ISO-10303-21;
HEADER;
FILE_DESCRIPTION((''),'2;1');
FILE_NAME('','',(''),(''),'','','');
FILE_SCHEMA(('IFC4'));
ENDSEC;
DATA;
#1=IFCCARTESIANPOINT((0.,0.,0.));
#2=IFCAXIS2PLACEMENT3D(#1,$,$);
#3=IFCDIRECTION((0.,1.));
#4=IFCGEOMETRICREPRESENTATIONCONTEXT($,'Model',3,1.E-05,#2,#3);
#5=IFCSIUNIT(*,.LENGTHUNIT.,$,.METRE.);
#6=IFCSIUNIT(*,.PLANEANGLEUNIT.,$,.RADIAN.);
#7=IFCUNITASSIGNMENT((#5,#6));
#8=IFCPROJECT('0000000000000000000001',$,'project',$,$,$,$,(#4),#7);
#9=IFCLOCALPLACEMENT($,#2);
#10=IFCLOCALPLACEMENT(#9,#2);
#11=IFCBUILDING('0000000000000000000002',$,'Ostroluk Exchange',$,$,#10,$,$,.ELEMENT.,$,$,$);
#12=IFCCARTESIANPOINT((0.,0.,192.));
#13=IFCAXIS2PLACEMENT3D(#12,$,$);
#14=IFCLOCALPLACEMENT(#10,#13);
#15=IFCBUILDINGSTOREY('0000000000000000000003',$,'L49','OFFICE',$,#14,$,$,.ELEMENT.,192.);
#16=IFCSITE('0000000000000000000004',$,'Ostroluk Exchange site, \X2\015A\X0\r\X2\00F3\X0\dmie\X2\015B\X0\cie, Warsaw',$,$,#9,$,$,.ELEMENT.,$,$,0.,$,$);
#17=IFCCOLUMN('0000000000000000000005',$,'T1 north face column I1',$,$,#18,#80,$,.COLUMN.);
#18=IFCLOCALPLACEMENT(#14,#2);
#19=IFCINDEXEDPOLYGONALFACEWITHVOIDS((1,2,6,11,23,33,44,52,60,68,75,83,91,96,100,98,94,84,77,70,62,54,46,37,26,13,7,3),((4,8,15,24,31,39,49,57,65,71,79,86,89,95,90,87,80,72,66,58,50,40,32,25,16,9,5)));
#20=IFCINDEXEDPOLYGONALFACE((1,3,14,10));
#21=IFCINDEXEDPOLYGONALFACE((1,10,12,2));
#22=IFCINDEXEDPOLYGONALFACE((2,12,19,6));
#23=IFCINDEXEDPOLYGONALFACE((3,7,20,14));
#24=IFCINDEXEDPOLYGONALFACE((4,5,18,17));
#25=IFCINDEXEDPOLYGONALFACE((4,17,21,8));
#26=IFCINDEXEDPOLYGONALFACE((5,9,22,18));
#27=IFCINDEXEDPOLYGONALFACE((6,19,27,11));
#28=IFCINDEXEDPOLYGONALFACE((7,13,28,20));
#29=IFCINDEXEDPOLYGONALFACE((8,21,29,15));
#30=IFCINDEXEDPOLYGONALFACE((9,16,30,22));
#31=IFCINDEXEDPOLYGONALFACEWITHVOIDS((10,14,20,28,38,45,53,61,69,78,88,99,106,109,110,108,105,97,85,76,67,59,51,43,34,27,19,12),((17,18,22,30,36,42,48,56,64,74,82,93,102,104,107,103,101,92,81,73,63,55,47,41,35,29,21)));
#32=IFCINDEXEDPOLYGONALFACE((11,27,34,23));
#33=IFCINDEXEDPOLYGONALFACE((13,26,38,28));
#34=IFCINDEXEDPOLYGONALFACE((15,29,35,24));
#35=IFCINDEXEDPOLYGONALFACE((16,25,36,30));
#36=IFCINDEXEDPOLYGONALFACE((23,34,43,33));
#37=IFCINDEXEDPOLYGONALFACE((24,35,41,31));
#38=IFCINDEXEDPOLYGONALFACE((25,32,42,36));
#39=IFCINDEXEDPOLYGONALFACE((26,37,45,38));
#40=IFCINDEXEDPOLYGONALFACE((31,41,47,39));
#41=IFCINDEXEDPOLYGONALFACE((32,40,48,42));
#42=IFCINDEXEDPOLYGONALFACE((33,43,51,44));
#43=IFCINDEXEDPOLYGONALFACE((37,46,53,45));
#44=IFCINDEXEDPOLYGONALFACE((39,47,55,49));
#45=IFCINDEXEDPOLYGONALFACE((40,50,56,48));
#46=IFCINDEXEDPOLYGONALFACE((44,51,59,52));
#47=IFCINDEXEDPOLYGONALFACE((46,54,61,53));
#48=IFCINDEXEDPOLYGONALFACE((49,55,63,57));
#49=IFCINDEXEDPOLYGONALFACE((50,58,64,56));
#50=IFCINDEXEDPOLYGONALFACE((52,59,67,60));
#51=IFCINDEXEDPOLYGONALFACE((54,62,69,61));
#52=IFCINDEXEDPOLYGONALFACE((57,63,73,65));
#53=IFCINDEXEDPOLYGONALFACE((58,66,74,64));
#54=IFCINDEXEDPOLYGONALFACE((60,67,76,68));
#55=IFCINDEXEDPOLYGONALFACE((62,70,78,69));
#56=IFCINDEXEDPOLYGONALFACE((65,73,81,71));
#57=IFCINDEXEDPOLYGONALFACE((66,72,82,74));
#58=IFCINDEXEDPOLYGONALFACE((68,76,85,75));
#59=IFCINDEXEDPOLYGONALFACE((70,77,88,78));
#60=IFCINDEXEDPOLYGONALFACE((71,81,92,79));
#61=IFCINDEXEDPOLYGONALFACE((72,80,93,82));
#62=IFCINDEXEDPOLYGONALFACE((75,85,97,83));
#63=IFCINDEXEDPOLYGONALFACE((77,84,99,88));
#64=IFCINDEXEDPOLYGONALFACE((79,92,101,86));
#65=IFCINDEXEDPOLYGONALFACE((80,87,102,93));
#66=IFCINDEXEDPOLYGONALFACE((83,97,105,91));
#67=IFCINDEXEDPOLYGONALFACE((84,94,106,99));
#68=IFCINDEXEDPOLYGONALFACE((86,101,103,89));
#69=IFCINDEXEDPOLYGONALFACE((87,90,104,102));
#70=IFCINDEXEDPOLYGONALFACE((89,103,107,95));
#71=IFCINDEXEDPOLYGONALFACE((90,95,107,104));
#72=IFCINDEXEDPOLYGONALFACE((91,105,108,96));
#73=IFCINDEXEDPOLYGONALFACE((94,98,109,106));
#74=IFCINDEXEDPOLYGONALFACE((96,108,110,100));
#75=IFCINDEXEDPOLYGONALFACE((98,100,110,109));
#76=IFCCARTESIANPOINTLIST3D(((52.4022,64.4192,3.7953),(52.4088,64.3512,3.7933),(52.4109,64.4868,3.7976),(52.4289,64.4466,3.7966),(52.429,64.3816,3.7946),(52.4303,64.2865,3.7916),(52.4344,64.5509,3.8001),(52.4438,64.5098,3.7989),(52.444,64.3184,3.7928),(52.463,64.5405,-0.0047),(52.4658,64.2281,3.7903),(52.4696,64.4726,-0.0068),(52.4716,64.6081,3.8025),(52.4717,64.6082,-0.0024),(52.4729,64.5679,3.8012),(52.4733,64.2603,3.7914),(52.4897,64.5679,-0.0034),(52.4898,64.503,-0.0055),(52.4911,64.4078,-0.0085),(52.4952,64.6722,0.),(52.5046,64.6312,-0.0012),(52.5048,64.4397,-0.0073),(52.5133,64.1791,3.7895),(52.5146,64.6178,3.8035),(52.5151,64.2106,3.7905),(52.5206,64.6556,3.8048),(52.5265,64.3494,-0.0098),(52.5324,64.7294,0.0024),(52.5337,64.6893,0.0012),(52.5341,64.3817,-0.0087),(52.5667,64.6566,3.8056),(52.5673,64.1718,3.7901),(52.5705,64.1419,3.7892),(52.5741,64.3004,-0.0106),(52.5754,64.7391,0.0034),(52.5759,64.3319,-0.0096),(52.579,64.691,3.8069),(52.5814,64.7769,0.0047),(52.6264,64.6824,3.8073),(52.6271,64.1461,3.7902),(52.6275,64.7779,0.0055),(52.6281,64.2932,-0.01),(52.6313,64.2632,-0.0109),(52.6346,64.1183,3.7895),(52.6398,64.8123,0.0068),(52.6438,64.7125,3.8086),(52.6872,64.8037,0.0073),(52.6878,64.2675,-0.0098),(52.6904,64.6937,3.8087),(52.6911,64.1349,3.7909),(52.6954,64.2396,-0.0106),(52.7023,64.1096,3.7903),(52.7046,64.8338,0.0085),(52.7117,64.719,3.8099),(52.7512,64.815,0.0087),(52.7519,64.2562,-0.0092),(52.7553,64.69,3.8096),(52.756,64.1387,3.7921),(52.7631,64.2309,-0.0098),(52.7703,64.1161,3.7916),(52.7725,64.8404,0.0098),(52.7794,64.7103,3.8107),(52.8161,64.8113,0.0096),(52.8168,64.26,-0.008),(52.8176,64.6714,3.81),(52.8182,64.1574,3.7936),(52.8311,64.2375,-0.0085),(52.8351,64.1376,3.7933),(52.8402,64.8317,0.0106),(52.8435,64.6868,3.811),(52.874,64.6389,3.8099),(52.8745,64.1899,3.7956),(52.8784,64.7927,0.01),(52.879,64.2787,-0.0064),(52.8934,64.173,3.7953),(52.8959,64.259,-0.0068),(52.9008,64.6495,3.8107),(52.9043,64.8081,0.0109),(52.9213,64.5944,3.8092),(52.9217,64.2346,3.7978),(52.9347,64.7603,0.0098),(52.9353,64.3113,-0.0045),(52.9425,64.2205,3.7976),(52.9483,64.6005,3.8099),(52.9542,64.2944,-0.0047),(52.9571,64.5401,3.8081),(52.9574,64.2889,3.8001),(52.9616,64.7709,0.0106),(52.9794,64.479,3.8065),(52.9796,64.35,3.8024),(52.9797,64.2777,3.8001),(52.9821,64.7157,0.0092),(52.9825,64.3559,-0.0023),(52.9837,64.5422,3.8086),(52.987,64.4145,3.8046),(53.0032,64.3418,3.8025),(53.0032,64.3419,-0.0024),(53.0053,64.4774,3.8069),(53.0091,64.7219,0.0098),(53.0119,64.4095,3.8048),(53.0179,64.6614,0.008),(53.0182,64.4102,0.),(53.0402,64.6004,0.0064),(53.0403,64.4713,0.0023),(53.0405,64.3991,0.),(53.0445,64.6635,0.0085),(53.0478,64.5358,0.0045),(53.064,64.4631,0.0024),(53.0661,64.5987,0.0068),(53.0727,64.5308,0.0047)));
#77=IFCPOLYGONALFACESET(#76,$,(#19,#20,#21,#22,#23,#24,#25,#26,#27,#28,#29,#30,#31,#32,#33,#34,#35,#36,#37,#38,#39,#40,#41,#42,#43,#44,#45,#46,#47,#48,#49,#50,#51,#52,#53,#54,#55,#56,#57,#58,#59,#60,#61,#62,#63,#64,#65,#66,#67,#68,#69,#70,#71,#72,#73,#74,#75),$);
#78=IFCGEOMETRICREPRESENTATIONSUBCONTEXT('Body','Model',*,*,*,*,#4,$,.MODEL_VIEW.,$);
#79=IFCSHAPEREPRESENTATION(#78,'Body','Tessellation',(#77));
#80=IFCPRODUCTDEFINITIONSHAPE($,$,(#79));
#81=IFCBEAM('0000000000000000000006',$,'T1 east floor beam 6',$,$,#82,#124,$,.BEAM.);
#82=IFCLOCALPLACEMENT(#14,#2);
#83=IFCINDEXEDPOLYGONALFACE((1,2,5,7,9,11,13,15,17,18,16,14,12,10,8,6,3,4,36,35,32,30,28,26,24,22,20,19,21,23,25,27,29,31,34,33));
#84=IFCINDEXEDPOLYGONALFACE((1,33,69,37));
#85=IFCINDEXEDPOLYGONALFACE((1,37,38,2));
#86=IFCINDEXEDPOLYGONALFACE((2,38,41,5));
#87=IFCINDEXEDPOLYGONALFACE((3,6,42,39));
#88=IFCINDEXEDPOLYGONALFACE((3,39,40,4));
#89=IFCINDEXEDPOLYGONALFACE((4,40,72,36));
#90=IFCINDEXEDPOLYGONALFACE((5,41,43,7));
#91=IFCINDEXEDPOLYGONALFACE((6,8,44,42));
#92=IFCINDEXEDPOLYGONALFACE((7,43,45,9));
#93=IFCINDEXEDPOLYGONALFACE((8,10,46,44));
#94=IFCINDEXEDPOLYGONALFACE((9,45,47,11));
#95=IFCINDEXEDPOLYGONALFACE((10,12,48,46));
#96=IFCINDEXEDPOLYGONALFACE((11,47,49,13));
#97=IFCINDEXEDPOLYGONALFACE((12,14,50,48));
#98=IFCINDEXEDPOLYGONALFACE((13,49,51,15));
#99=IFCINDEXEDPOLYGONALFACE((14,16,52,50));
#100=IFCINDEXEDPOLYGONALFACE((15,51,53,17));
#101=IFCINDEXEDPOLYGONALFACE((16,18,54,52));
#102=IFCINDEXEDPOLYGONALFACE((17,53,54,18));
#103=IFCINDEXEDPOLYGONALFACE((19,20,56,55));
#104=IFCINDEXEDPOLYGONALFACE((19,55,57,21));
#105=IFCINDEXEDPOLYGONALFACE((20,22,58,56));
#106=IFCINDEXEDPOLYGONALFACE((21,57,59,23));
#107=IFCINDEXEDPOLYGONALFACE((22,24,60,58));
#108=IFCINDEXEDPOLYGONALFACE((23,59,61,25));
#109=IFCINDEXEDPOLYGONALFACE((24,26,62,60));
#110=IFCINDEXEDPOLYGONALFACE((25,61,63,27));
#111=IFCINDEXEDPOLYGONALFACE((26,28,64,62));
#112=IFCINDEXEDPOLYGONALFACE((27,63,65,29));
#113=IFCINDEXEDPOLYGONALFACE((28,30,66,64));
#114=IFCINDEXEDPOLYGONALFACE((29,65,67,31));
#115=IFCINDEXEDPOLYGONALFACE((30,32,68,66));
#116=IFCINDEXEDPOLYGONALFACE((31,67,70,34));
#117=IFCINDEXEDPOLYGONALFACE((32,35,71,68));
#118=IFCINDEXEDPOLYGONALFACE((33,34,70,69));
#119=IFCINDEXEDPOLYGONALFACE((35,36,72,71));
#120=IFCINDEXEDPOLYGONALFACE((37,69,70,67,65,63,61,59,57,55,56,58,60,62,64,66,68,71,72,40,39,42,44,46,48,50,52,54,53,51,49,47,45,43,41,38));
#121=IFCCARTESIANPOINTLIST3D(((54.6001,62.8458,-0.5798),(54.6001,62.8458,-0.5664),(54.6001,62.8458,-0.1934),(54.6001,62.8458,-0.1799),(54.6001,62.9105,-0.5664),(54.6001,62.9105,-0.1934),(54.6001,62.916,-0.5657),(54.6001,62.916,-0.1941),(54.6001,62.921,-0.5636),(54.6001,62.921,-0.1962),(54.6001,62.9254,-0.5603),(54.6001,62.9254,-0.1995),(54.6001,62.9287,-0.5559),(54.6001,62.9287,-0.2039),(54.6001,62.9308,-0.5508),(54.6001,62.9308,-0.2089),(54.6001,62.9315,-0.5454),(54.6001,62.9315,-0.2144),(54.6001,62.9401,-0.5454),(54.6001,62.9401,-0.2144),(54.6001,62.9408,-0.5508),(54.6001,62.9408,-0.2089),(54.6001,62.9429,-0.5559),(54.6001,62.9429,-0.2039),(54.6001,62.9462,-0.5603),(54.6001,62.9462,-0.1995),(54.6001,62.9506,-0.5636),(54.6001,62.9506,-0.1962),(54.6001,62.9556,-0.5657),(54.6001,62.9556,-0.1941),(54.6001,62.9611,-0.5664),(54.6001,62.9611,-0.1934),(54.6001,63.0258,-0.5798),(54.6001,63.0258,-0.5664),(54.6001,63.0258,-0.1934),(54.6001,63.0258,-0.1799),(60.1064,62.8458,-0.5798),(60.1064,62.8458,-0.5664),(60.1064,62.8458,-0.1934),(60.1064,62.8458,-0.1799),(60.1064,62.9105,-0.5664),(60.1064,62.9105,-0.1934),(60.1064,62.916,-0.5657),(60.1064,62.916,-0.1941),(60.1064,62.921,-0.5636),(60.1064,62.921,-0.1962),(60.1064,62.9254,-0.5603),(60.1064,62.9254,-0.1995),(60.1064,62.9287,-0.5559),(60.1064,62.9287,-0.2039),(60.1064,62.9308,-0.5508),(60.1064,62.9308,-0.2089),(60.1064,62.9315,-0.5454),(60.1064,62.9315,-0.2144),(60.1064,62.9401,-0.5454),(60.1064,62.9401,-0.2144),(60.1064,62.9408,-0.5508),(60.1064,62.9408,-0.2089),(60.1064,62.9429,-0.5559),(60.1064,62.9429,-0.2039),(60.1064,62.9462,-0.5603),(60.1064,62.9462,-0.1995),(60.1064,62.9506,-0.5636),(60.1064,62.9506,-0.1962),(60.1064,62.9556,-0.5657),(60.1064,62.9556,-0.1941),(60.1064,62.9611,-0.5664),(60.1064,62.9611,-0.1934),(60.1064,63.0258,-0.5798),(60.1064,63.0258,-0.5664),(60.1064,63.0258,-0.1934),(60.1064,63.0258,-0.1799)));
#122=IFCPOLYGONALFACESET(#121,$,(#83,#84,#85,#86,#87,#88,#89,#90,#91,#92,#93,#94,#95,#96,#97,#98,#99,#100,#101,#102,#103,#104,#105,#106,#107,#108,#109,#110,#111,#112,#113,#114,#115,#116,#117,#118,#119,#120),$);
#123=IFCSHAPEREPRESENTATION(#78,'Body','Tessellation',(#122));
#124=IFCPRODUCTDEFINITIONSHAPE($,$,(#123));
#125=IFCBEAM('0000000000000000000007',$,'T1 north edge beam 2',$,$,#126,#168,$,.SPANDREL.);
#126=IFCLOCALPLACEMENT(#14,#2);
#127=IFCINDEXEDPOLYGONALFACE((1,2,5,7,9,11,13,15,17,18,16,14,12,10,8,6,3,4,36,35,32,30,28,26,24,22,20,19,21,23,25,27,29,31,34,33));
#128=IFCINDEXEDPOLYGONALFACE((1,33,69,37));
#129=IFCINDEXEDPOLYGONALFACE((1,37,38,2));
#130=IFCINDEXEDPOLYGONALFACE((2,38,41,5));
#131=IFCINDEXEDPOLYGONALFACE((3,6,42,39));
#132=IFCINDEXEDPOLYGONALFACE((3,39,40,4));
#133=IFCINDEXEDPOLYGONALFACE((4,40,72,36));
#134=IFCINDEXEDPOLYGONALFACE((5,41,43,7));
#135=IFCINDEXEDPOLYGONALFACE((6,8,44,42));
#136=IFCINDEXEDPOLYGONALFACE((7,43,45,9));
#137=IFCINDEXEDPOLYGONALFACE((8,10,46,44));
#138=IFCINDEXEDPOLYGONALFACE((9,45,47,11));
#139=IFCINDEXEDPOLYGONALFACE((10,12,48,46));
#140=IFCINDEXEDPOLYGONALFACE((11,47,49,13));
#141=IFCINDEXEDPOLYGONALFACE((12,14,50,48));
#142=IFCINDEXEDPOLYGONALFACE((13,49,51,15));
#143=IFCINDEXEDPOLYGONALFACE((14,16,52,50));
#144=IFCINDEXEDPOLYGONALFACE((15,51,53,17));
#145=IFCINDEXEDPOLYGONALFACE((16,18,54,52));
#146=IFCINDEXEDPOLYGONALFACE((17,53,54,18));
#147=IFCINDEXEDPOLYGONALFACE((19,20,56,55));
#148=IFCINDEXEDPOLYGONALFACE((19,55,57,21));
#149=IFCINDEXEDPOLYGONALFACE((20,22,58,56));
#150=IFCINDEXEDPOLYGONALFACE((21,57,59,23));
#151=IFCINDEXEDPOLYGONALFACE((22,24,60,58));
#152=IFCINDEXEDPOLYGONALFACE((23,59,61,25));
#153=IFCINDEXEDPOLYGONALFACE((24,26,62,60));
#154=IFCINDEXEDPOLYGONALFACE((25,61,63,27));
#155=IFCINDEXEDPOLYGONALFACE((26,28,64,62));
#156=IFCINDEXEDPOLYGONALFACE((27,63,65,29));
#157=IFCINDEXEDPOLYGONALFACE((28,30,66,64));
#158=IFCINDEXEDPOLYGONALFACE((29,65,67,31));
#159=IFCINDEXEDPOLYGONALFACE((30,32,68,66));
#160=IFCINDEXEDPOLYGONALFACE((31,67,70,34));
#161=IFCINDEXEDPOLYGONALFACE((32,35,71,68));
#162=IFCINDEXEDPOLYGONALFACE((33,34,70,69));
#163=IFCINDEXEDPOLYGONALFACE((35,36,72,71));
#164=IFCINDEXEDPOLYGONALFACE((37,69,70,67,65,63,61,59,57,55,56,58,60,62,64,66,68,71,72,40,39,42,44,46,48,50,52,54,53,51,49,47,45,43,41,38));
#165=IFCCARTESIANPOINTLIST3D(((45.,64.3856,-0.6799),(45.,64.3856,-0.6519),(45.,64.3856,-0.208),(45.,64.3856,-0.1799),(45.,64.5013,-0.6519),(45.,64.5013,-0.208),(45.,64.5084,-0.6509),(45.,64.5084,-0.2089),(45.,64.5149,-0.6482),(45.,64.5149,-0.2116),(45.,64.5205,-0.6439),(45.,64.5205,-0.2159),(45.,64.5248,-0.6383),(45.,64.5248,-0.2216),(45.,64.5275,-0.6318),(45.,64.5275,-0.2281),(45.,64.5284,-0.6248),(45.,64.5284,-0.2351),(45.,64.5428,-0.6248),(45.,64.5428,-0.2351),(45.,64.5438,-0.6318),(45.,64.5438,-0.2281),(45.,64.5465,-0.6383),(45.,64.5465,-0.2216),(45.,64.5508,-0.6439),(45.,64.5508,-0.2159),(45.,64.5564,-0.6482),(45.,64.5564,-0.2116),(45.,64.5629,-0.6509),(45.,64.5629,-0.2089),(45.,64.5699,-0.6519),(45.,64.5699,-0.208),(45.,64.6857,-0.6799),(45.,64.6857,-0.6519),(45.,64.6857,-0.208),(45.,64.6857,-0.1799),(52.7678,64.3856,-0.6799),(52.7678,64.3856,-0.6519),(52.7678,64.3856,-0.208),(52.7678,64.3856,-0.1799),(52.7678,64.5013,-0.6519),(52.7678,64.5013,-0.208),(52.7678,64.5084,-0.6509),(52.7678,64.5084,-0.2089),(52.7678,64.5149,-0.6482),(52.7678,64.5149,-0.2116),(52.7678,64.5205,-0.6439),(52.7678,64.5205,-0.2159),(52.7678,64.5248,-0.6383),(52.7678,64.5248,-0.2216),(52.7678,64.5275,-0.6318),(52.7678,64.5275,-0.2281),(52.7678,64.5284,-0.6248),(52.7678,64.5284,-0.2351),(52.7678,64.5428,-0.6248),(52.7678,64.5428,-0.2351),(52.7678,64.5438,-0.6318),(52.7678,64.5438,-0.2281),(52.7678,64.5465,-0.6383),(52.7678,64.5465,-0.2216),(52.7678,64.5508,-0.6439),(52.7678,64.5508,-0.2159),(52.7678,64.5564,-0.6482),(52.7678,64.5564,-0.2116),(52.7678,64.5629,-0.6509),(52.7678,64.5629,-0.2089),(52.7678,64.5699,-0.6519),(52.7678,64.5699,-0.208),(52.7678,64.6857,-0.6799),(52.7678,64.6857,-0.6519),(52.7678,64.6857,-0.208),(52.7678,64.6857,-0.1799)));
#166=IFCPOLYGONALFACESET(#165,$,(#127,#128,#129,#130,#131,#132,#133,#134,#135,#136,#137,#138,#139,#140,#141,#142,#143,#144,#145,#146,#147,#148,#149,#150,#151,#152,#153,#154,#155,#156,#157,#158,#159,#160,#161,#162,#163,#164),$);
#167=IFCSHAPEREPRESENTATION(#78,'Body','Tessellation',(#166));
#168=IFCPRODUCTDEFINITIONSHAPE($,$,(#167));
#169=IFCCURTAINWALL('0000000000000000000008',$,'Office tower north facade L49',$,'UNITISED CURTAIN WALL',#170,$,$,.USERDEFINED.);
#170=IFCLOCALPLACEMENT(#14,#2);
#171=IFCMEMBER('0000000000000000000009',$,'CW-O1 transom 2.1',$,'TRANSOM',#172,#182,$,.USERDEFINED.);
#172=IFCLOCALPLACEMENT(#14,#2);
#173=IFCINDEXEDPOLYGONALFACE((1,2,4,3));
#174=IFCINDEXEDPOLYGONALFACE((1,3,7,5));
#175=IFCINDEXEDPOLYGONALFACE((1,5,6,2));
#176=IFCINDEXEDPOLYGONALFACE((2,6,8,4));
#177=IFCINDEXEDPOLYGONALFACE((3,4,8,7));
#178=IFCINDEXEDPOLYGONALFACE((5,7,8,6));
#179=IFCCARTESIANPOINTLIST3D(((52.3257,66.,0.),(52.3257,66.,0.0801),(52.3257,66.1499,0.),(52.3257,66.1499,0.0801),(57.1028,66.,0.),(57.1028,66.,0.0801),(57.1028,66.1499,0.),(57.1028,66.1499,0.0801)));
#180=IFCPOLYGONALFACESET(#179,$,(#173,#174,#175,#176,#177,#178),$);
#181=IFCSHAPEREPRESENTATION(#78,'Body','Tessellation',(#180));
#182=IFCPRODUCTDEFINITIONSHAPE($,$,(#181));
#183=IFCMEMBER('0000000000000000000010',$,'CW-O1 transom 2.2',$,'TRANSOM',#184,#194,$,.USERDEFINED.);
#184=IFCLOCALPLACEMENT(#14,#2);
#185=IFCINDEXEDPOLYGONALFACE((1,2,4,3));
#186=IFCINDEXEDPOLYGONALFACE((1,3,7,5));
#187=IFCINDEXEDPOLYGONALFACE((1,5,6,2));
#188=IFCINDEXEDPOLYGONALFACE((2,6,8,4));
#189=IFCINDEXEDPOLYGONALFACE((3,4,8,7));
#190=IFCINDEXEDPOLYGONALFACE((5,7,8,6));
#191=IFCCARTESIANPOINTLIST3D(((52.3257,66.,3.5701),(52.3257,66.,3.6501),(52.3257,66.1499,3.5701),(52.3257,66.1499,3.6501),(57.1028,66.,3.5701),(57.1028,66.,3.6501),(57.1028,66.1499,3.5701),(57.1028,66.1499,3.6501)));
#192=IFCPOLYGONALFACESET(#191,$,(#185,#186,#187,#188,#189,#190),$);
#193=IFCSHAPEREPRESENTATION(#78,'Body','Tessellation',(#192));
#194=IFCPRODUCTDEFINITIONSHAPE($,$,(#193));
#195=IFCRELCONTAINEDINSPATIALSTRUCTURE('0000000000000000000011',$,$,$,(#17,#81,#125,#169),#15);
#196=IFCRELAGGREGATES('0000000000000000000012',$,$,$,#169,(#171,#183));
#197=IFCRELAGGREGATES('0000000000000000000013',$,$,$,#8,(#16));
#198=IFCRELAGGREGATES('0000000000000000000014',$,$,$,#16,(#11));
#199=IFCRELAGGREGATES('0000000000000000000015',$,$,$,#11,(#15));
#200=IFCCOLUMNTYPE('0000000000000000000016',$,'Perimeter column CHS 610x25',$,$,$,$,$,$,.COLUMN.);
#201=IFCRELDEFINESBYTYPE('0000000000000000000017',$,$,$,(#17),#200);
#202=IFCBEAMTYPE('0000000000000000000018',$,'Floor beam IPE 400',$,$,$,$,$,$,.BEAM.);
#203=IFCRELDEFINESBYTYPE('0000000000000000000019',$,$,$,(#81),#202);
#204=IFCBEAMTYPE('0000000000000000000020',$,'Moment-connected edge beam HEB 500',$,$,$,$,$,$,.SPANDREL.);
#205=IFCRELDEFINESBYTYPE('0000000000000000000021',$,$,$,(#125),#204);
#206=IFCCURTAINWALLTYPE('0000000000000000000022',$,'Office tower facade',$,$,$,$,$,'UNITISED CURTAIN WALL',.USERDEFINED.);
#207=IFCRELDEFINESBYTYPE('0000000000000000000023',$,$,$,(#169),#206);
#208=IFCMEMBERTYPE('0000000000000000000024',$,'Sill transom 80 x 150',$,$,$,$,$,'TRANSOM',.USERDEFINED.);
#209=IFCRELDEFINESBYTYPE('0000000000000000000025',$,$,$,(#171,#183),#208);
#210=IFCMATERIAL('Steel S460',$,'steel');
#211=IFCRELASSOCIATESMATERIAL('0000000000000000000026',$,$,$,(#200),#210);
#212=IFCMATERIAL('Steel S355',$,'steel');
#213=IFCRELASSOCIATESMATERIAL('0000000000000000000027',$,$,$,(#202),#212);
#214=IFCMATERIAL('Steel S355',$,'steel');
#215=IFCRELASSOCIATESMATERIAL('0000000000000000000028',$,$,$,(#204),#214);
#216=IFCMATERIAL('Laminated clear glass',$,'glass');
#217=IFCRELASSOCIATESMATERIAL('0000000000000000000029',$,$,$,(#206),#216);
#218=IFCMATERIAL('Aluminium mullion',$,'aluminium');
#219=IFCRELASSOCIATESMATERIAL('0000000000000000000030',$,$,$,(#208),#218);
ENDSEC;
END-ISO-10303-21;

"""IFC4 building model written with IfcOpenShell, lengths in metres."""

from ifc_helpers import new_model, si_unit, direction, frame, origin, origin_2d, place, context, subcontext, project, spatial, rectangle, hollow_circle, i_section, extrude, material, material_profile, profile_set, type_object, element, aggregate, save


model = new_model("IFC4")

# Units and contexts
model_context = context("Model", 3, precision=1e-05, world=origin(), true_north=direction((0.0, 1.0)))
body_context = subcontext(model_context, "Body", "Model", "MODEL_VIEW")
ifc_project = project(units=[si_unit("LENGTHUNIT", "METRE"), si_unit("PLANEANGLEUNIT", "RADIAN")], contexts=[model_context])

# Site, building, storey
site_placement = place(None, origin())
site = spatial("IfcSite", under=ifc_project, at=site_placement, Name="Ostroluk Exchange site, Śródmieście, Warsaw", CompositionType="ELEMENT", RefElevation=0.0)
building_placement = place(site_placement, origin())
building = spatial("IfcBuilding", under=site, at=building_placement, Name="Ostroluk Exchange", CompositionType="ELEMENT")
storey_placement = place(building_placement, frame((0.0, 0.0, 192.0)))
storey = spatial("IfcBuildingStorey", under=building, at=storey_placement, Name="L49", Description="OFFICE", CompositionType="ELEMENT", Elevation=192.0)

# Column
ifc_material_1 = material(Name="Steel S460", Category="steel")
ifc_material_profile_1 = material_profile(ifc_material_1, hollow_circle(Radius=0.3049, WallThickness=0.0249, at=origin_2d()), Name="CHS 610x25")
ifc_profile_set_1 = profile_set([ifc_material_profile_1], Name="Steel S460")
column_type = type_object("IfcColumnType", Name="Perimeter column CHS 610x25", PredefinedType="COLUMN", material=ifc_profile_set_1)
column_placement = place(storey_placement, frame((52.7678, 64.5356, 0.0), z_axis=(-0.015987, -0.03191, 0.999363), x_axis=(0.894067, -0.447933, 0.0)))
element("IfcColumn", 1, at=column_placement, inside=storey, type_object=column_type, Name="T1 north face column I1", PredefinedType="COLUMN", context=body_context, shape_type="SweptSolid", body=[
    extrude(hollow_circle(Radius=0.3049, WallThickness=0.0249, at=origin_2d()), origin(), (0.0, 0.0, 1.0), 3.8025),
])

# Beams
ifc_material_2 = material(Name="Steel S355", Category="steel")
ifc_material_profile_2 = material_profile(ifc_material_2, i_section(OverallWidth=0.1799, OverallDepth=0.3999, WebThickness=0.0085, FlangeThickness=0.0134, FilletRadius=0.021, at=origin_2d()), Name="IPE 400")
ifc_profile_set_2 = profile_set([ifc_material_profile_2], Name="Steel S355")
beam_type_1 = type_object("IfcBeamType", Name="Floor beam IPE 400", PredefinedType="BEAM", material=ifc_profile_set_2)
beam_1_placement = place(storey_placement, frame((54.6001, 62.9358, -0.3799), z_axis=(1.0, 0.0, 0.0), x_axis=(0.0, 1.0, 0.0)))
element("IfcBeam", 2, at=beam_1_placement, inside=storey, type_object=beam_type_1, Name="T1 east floor beam 6", PredefinedType="BEAM", context=body_context, shape_type="SweptSolid", body=[
    extrude(i_section(OverallWidth=0.1799, OverallDepth=0.3999, WebThickness=0.0085, FlangeThickness=0.0134, FilletRadius=0.021, at=origin_2d()), origin(), (0.0, 0.0, 1.0), 5.5063),
])
ifc_material_3 = material(Name="Steel S355", Category="steel")
ifc_material_profile_3 = material_profile(ifc_material_3, i_section(OverallWidth=0.3, OverallDepth=0.5, WebThickness=0.0144, FlangeThickness=0.0281, FilletRadius=0.0271, at=origin_2d()), Name="HEB 500")
ifc_profile_set_3 = profile_set([ifc_material_profile_3], Name="Steel S355")
beam_type_2 = type_object("IfcBeamType", Name="Moment-connected edge beam HEB 500", PredefinedType="SPANDREL", material=ifc_profile_set_3)
beam_2_placement = place(storey_placement, frame((52.7678, 64.5356, -0.4299), z_axis=(-1.0, 0.0, 0.0), x_axis=(0.0, -1.0, 0.0)))
element("IfcBeam", 3, at=beam_2_placement, inside=storey, type_object=beam_type_2, Name="T1 north edge beam 2", PredefinedType="SPANDREL", context=body_context, shape_type="SweptSolid", body=[
    extrude(i_section(OverallWidth=0.3, OverallDepth=0.5, WebThickness=0.0144, FlangeThickness=0.0281, FilletRadius=0.0271, at=origin_2d()), origin(), (0.0, 0.0, 1.0), 7.7678),
])

# Curtain wall, members
ifc_material_4 = material(Name="Laminated clear glass", Category="glass")
curtain_wall_type = type_object("IfcCurtainWallType", Name="Office tower facade", ElementType="UNITISED CURTAIN WALL", PredefinedType="USERDEFINED", material=ifc_material_4)
curtain_wall_placement = place(storey_placement, origin())
curtain_wall = element("IfcCurtainWall", 4, at=curtain_wall_placement, inside=storey, type_object=curtain_wall_type, Name="Office tower north facade L49", ObjectType="UNITISED CURTAIN WALL", PredefinedType="USERDEFINED")
ifc_material_5 = material(Name="Aluminium mullion", Category="aluminium")
ifc_material_profile_4 = material_profile(ifc_material_5, rectangle(XDim=0.1499, YDim=0.0801, at=origin_2d()), Name="Sill transom 80 x 150")
ifc_profile_set_4 = profile_set([ifc_material_profile_4], Name="Aluminium mullion")
member_type_1 = type_object("IfcMemberType", Name="Sill transom 80 x 150", ElementType="TRANSOM", PredefinedType="USERDEFINED", material=ifc_profile_set_4)
member_1_placement = place(storey_placement, frame((57.1028, 66.075, 0.04), z_axis=(-1.0, 0.0, 0.0), x_axis=(0.0, -1.0, 0.0)))
member_1 = element("IfcMember", 5, at=member_1_placement, type_object=member_type_1, Name="CW-O1 transom 2.1", ObjectType="TRANSOM", PredefinedType="USERDEFINED", context=body_context, shape_type="SweptSolid", body=[
    extrude(rectangle(XDim=0.1499, YDim=0.0801, at=origin_2d()), origin(), (0.0, 0.0, 1.0), 4.7771),
])
member_2_placement = place(storey_placement, frame((57.1028, 66.075, 3.6101), z_axis=(-1.0, 0.0, 0.0), x_axis=(0.0, -1.0, 0.0)))
member_2 = element("IfcMember", 6, at=member_2_placement, type_object=member_type_1, Name="CW-O1 transom 2.2", ObjectType="TRANSOM", PredefinedType="USERDEFINED", context=body_context, shape_type="SweptSolid", body=[
    extrude(rectangle(XDim=0.1499, YDim=0.0801, at=origin_2d()), origin(), (0.0, 0.0, 1.0), 4.7771),
])
aggregate(curtain_wall, [member_1, member_2])

save(model, "model.ifc")
